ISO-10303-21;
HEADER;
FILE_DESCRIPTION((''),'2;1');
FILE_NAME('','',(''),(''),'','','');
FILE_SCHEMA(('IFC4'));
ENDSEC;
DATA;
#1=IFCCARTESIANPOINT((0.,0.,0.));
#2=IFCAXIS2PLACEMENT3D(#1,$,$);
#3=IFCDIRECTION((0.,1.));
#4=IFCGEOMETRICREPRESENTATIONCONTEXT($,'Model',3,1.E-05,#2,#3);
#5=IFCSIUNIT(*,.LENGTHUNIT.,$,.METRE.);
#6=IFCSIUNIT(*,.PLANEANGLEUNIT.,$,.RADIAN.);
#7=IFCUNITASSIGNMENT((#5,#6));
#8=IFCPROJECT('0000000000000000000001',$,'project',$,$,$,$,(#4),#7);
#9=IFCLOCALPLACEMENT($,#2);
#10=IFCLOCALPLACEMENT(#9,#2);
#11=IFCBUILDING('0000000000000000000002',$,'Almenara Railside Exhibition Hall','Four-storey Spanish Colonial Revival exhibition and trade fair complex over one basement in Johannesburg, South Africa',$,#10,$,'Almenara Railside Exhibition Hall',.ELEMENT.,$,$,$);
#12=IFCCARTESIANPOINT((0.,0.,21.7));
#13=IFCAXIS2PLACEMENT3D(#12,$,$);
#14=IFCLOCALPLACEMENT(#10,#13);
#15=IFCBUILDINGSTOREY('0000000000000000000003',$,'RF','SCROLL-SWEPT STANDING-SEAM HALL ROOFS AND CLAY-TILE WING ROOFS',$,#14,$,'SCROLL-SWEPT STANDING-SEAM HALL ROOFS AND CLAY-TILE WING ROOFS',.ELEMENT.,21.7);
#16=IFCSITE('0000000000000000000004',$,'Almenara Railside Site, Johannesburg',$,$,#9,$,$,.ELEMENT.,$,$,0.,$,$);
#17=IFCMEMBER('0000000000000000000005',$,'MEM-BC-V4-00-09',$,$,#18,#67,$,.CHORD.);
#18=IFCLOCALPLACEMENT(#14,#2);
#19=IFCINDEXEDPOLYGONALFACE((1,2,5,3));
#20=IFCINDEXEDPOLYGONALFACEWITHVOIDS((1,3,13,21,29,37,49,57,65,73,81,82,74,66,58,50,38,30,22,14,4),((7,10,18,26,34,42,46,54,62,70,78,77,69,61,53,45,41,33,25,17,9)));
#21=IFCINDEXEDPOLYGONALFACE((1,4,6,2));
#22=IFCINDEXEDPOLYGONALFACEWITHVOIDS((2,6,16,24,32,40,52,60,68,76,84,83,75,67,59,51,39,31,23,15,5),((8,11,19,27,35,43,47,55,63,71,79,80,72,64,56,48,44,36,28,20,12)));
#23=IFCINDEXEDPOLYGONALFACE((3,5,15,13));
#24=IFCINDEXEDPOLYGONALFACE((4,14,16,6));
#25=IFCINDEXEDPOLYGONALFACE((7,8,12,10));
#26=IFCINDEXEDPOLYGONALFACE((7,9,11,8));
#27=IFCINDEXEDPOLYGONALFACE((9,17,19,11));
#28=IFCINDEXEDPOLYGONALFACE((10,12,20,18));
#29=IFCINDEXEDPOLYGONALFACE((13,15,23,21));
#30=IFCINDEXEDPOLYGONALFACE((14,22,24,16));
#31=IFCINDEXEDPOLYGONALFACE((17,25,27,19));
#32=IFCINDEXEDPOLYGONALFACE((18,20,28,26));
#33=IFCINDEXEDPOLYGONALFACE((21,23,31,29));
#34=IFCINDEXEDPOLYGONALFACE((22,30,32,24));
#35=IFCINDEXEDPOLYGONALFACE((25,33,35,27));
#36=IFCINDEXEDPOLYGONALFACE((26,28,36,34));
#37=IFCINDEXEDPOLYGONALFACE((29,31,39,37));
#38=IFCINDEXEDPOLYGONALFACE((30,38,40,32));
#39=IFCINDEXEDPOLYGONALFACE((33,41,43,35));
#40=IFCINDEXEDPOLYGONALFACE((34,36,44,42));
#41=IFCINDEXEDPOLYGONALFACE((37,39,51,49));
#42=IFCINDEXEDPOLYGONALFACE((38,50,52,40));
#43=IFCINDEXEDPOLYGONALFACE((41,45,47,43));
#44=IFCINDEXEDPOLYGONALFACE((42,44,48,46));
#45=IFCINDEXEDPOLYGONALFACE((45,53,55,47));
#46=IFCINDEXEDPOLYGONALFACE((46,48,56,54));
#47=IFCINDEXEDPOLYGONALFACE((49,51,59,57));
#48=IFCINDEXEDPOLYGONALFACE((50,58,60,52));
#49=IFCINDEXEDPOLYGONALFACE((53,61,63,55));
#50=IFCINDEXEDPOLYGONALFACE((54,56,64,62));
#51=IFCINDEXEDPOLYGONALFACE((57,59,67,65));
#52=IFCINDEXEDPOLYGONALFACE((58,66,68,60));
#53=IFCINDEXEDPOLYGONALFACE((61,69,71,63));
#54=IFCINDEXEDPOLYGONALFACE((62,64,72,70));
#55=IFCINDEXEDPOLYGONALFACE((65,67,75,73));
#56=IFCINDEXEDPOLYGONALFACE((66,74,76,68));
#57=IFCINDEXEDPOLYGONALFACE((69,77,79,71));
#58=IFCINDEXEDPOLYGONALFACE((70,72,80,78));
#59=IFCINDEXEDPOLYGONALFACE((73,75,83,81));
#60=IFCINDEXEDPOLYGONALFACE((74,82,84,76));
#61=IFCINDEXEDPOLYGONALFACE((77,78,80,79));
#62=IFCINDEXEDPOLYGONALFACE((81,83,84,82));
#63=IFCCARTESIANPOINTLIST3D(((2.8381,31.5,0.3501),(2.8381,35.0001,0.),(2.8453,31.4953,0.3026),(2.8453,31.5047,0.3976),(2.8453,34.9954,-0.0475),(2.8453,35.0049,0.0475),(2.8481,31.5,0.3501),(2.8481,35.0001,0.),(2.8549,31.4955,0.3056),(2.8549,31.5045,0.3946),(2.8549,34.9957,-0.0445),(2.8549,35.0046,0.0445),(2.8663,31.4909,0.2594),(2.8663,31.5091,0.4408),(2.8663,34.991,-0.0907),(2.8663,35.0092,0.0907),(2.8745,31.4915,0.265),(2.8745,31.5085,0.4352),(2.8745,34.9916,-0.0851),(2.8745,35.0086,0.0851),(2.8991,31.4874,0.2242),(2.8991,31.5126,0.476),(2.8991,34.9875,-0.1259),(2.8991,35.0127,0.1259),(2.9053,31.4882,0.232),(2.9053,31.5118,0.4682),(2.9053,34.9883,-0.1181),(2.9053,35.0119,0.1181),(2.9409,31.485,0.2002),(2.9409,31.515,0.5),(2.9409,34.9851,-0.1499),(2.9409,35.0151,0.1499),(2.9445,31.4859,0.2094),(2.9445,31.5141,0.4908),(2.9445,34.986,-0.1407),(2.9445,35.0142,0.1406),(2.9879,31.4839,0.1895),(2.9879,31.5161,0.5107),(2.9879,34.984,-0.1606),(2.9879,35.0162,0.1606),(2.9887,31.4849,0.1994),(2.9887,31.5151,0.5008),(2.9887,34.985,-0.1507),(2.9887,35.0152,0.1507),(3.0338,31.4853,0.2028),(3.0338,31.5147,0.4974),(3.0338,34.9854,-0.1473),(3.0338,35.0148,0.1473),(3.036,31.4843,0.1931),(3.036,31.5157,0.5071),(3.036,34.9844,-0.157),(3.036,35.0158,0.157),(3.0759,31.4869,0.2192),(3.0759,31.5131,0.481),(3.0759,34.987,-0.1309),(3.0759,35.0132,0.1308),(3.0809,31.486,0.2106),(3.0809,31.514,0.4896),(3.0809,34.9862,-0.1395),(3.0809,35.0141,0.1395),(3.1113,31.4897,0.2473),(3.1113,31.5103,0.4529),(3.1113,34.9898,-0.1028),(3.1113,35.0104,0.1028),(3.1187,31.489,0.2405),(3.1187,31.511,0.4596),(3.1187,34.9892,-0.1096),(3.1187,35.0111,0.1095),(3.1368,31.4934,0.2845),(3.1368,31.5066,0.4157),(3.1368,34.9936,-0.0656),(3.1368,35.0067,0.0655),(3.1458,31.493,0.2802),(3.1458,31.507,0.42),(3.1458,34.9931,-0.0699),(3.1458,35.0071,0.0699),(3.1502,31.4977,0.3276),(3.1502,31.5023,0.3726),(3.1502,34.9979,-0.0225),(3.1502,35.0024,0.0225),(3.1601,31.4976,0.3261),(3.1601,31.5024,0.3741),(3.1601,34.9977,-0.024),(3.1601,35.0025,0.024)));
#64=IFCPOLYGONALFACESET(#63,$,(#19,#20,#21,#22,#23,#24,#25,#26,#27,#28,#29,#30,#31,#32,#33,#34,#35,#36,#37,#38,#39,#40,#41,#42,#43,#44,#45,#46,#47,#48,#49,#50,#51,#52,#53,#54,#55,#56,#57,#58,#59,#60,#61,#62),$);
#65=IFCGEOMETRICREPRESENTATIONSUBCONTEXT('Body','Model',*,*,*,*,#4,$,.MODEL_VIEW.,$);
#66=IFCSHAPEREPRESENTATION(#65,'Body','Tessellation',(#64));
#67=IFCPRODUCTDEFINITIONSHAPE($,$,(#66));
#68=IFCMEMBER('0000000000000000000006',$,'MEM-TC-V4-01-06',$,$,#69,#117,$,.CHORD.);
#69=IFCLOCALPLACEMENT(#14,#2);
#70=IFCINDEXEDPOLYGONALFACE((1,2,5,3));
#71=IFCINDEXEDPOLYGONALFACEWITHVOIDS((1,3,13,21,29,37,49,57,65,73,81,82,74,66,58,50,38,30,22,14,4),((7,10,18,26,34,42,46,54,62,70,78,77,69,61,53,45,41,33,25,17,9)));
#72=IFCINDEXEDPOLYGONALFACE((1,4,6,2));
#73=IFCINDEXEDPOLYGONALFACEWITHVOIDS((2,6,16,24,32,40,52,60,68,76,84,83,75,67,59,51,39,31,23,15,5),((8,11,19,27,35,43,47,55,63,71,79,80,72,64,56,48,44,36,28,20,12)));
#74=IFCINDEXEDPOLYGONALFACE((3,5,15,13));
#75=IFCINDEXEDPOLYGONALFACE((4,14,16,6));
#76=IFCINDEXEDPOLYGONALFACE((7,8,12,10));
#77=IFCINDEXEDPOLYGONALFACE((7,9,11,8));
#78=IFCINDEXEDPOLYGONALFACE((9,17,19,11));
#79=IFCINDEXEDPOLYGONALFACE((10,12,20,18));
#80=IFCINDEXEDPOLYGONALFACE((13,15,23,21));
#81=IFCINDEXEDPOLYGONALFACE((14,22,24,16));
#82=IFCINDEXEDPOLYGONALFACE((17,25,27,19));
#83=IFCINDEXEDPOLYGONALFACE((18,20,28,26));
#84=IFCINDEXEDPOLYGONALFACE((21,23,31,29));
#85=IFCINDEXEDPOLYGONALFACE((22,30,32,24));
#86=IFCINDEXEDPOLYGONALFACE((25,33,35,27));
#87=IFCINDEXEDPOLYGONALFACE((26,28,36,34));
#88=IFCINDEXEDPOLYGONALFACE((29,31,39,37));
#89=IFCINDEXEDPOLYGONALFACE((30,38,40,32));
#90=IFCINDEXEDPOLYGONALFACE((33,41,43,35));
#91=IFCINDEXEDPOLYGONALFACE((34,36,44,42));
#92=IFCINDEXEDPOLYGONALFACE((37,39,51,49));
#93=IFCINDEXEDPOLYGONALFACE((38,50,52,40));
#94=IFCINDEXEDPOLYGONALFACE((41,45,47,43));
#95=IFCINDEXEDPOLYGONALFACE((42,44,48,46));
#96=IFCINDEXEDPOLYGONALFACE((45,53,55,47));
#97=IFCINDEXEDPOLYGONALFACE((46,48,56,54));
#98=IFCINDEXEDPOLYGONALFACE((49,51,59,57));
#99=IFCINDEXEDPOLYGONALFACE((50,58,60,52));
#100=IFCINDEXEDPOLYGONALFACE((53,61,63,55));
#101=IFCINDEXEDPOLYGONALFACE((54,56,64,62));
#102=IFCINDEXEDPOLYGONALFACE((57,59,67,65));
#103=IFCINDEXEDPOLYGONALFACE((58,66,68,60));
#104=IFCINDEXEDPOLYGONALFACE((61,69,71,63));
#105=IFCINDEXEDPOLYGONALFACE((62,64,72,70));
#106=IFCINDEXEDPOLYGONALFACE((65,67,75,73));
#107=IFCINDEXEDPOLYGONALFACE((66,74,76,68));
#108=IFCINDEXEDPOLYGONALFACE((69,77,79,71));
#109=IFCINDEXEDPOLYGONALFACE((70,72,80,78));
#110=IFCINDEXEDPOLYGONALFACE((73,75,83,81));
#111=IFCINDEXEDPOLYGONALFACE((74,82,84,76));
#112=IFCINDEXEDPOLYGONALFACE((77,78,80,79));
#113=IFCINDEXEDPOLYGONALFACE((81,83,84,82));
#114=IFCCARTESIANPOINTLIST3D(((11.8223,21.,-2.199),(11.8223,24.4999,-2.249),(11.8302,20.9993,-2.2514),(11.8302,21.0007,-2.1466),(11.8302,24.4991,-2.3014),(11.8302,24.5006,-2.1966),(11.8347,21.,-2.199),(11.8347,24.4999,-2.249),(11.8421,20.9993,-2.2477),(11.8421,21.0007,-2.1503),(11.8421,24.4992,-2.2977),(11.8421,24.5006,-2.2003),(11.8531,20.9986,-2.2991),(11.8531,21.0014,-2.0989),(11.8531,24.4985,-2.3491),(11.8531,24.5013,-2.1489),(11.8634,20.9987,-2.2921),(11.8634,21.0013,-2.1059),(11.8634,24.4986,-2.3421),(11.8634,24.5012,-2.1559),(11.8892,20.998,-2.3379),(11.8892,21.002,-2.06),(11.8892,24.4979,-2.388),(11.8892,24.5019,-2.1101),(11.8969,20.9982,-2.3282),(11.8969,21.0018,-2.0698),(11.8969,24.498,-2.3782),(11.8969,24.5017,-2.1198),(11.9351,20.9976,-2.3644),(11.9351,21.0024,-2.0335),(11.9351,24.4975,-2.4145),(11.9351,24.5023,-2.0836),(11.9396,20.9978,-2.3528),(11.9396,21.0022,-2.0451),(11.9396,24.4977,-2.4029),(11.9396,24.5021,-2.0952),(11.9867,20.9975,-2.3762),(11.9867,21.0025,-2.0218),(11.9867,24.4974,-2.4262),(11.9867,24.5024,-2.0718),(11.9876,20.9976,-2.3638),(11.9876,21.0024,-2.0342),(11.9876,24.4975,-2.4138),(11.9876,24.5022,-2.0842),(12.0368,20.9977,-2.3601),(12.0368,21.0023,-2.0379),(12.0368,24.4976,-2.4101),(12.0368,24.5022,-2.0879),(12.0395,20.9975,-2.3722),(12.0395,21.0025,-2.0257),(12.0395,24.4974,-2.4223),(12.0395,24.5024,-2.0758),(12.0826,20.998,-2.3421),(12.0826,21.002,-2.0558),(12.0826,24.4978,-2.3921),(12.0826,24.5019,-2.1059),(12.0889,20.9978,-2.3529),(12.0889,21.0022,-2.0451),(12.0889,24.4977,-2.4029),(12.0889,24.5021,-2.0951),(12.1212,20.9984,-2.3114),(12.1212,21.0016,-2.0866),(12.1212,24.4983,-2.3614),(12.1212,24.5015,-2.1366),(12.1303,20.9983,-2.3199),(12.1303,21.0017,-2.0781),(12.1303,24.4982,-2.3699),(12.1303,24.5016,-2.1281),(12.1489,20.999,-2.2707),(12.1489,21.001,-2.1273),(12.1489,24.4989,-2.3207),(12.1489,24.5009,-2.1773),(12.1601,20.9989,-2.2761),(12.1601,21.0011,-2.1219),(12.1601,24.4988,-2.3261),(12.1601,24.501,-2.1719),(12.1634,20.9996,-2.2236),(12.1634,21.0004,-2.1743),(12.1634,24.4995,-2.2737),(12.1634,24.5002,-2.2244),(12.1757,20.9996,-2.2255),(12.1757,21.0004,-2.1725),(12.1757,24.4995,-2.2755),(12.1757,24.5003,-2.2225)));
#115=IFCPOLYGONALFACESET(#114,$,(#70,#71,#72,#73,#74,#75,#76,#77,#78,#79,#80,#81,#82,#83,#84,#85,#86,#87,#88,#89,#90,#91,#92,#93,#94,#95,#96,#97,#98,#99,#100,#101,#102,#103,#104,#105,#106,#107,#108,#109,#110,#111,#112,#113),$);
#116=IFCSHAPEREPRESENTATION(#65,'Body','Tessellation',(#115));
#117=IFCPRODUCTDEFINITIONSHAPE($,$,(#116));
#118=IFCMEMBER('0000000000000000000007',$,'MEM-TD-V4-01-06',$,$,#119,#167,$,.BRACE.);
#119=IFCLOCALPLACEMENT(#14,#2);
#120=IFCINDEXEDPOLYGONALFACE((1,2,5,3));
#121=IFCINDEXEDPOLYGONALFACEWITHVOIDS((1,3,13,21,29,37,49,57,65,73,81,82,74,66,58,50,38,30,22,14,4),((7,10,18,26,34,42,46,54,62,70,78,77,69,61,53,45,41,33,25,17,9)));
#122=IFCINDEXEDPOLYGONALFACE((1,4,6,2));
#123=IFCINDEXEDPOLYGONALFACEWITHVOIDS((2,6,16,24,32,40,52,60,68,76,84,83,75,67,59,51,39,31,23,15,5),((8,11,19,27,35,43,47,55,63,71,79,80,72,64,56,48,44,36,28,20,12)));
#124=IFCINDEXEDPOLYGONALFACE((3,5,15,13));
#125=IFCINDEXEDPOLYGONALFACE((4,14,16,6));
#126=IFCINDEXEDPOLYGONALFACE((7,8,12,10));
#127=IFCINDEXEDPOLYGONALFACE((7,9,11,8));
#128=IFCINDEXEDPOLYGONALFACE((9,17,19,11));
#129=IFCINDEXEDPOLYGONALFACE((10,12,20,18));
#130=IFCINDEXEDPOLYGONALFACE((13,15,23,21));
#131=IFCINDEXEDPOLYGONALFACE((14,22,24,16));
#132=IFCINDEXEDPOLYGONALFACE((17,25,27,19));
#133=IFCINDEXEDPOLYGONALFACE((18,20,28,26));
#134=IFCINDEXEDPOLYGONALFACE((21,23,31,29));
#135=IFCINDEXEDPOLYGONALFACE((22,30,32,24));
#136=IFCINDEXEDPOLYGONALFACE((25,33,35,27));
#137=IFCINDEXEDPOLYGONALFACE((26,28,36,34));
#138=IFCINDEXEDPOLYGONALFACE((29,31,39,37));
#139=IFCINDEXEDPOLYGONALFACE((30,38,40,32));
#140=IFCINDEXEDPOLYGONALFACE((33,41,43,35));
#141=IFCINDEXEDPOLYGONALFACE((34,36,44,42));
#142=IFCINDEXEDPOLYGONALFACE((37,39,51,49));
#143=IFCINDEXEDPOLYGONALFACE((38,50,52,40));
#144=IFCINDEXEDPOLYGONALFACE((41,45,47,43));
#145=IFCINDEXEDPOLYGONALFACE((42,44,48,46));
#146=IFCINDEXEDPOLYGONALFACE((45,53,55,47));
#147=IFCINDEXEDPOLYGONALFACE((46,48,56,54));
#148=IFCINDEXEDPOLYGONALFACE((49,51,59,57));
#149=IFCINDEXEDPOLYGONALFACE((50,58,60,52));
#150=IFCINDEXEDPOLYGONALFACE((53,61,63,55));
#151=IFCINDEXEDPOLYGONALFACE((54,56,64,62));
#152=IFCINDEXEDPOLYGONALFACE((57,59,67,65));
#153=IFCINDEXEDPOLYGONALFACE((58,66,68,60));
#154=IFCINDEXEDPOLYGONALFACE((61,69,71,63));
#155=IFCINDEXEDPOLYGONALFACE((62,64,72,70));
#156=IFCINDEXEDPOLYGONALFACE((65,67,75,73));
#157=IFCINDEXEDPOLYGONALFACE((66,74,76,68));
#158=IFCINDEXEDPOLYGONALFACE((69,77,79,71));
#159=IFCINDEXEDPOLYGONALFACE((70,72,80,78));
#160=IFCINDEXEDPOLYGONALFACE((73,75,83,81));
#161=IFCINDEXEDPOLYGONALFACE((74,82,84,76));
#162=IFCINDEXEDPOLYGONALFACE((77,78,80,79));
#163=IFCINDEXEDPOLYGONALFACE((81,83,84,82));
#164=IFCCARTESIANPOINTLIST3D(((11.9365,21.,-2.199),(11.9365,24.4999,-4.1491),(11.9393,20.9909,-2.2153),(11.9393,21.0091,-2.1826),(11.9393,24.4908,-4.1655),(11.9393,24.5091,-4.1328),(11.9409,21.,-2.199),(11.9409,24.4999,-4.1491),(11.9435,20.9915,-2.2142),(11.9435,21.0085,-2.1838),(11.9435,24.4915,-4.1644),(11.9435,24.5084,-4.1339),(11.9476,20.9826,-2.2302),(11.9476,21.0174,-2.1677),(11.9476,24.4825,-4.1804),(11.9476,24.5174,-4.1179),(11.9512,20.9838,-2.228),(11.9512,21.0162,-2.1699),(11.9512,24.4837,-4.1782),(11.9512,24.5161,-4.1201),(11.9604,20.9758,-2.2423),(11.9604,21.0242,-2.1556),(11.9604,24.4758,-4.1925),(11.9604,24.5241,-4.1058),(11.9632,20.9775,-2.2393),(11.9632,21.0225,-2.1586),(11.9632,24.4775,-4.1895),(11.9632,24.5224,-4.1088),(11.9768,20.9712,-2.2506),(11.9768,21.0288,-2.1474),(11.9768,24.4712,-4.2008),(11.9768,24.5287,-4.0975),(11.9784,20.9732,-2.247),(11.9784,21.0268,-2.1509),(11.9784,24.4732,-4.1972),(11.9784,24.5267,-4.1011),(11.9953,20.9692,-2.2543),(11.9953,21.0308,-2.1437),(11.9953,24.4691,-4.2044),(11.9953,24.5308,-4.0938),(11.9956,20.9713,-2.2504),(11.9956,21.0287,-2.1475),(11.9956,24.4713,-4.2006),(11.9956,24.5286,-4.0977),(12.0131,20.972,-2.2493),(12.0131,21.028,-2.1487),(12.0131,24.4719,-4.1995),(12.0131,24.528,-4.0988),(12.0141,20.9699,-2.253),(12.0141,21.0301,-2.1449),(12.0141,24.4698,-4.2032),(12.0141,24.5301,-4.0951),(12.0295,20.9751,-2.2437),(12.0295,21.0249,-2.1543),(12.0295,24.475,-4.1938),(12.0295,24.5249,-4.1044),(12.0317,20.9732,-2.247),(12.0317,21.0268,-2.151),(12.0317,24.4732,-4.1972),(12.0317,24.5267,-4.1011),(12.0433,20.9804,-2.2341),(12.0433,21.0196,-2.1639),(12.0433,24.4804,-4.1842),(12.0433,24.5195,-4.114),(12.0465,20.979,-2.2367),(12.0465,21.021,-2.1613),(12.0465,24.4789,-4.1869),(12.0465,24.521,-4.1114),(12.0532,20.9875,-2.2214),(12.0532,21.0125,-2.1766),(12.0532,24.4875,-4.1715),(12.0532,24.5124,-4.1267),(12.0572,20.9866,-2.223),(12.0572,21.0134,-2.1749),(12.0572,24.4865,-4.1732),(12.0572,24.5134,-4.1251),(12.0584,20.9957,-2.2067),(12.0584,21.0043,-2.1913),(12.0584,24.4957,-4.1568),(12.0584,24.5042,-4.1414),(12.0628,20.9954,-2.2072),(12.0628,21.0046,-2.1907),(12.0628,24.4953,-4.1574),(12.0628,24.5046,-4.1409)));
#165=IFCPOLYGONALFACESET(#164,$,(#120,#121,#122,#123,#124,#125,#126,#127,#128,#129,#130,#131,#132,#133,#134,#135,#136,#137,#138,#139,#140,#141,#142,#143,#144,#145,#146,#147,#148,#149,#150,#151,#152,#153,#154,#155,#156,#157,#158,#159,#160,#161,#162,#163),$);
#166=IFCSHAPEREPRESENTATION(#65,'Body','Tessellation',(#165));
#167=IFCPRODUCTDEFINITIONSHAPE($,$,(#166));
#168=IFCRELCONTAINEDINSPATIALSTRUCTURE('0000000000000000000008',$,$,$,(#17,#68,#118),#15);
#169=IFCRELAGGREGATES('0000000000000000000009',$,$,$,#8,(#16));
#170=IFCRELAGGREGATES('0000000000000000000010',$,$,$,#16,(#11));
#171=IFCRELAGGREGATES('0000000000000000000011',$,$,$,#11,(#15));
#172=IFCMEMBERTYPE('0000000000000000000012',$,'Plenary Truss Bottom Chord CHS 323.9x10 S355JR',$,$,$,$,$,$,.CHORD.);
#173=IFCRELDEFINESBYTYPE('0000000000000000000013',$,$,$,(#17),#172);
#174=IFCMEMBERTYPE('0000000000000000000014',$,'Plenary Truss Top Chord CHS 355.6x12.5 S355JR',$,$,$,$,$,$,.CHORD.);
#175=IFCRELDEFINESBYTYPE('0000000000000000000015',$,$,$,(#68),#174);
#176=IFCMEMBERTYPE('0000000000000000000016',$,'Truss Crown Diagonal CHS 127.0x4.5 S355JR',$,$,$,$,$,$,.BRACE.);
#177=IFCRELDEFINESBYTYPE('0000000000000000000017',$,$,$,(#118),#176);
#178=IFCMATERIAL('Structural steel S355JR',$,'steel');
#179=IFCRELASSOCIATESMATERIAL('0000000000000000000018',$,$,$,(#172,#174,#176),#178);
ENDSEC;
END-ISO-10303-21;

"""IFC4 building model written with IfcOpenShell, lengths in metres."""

from ifc_helpers import new_model, si_unit, direction, frame, origin, origin_2d, place, context, subcontext, project, spatial, hollow_circle, extrude, material, material_profile, profile_set, type_object, element, save


model = new_model("IFC4")

# Units and contexts
model_context = context("Model", 3, precision=1e-05, world=origin(), true_north=direction((0.0, 1.0)))
body_context = subcontext(model_context, "Body", "Model", "MODEL_VIEW")
ifc_project = project(units=[si_unit("LENGTHUNIT", "METRE"), si_unit("PLANEANGLEUNIT", "RADIAN")], contexts=[model_context])

# Site, building, storey
site_placement = place(None, origin())
site = spatial("IfcSite", under=ifc_project, at=site_placement, Name="Almenara Railside Site, Johannesburg", CompositionType="ELEMENT", RefElevation=0.0)
building_placement = place(site_placement, origin())
building = spatial("IfcBuilding", under=site, at=building_placement, Name="Almenara Railside Exhibition Hall", Description="Four-storey Spanish Colonial Revival exhibition and trade fair complex over one basement in Johannesburg, South Africa", LongName="Almenara Railside Exhibition Hall", CompositionType="ELEMENT")
storey_placement = place(building_placement, frame((0.0, 0.0, 21.7)))
storey = spatial("IfcBuildingStorey", under=building, at=storey_placement, Name="RF", Description="SCROLL-SWEPT STANDING-SEAM HALL ROOFS AND CLAY-TILE WING ROOFS", LongName="SCROLL-SWEPT STANDING-SEAM HALL ROOFS AND CLAY-TILE WING ROOFS", CompositionType="ELEMENT", Elevation=21.7)

# Members
ifc_material_1 = material(Name="Structural steel S355JR", Category="steel")
ifc_material_profile_1 = material_profile(ifc_material_1, hollow_circle(Radius=0.1619, WallThickness=0.01, at=origin_2d()), Name="CHS 323.9x10")
ifc_profile_set_1 = profile_set([ifc_material_profile_1], Name="Structural steel S355JR")
member_type_1 = type_object("IfcMemberType", Name="Plenary Truss Bottom Chord CHS 323.9x10 S355JR", PredefinedType="CHORD", material=ifc_profile_set_1)
member_1_placement = place(storey_placement, frame((3.0, 31.5, 0.3501), z_axis=(0.0, 0.995034, -0.099531), x_axis=(-1.0, 0.0, 0.0)))
element("IfcMember", 1, at=member_1_placement, inside=storey, type_object=member_type_1, Name="MEM-BC-V4-00-09", PredefinedType="CHORD", context=body_context, shape_type="SweptSolid", body=[
    extrude(hollow_circle(Radius=0.1619, WallThickness=0.01, at=origin_2d()), origin(), (0.0, 0.0, 1.0), 3.5176),
])
ifc_material_profile_2 = material_profile(ifc_material_1, hollow_circle(Radius=0.1777, WallThickness=0.0125, at=origin_2d()), Name="CHS 355.6x12.5")
ifc_profile_set_2 = profile_set([ifc_material_profile_2], Name="Structural steel S355JR")
member_type_2 = type_object("IfcMemberType", Name="Plenary Truss Top Chord CHS 355.6x12.5 S355JR", PredefinedType="CHORD", material=ifc_profile_set_2)
member_2_placement = place(storey_placement, frame((12.0, 21.0, -2.199), z_axis=(0.0, 0.999898, -0.014298), x_axis=(-1.0, 0.0, 0.0)))
element("IfcMember", 2, at=member_2_placement, inside=storey, type_object=member_type_2, Name="MEM-TC-V4-01-06", PredefinedType="CHORD", context=body_context, shape_type="SweptSolid", body=[
    extrude(hollow_circle(Radius=0.1777, WallThickness=0.0125, at=origin_2d()), origin(), (0.0, 0.0, 1.0), 3.5002),
])
ifc_material_profile_3 = material_profile(ifc_material_1, hollow_circle(Radius=0.0635, WallThickness=0.0044, at=origin_2d()), Name="CHS 127.0x4.5")
ifc_profile_set_3 = profile_set([ifc_material_profile_3], Name="Structural steel S355JR")
member_type_3 = type_object("IfcMemberType", Name="Truss Crown Diagonal CHS 127.0x4.5 S355JR", PredefinedType="BRACE", material=ifc_profile_set_3)
member_3_placement = place(storey_placement, frame((12.0, 21.0, -2.199), z_axis=(0.0, 0.873547, -0.486739), x_axis=(-1.0, 0.0, 0.0)))
element("IfcMember", 3, at=member_3_placement, inside=storey, type_object=member_type_3, Name="MEM-TD-V4-01-06", PredefinedType="BRACE", context=body_context, shape_type="SweptSolid", body=[
    extrude(hollow_circle(Radius=0.0635, WallThickness=0.0044, at=origin_2d()), origin(), (0.0, 0.0, 1.0), 4.0066),
])

save(model, "model.ifc")
